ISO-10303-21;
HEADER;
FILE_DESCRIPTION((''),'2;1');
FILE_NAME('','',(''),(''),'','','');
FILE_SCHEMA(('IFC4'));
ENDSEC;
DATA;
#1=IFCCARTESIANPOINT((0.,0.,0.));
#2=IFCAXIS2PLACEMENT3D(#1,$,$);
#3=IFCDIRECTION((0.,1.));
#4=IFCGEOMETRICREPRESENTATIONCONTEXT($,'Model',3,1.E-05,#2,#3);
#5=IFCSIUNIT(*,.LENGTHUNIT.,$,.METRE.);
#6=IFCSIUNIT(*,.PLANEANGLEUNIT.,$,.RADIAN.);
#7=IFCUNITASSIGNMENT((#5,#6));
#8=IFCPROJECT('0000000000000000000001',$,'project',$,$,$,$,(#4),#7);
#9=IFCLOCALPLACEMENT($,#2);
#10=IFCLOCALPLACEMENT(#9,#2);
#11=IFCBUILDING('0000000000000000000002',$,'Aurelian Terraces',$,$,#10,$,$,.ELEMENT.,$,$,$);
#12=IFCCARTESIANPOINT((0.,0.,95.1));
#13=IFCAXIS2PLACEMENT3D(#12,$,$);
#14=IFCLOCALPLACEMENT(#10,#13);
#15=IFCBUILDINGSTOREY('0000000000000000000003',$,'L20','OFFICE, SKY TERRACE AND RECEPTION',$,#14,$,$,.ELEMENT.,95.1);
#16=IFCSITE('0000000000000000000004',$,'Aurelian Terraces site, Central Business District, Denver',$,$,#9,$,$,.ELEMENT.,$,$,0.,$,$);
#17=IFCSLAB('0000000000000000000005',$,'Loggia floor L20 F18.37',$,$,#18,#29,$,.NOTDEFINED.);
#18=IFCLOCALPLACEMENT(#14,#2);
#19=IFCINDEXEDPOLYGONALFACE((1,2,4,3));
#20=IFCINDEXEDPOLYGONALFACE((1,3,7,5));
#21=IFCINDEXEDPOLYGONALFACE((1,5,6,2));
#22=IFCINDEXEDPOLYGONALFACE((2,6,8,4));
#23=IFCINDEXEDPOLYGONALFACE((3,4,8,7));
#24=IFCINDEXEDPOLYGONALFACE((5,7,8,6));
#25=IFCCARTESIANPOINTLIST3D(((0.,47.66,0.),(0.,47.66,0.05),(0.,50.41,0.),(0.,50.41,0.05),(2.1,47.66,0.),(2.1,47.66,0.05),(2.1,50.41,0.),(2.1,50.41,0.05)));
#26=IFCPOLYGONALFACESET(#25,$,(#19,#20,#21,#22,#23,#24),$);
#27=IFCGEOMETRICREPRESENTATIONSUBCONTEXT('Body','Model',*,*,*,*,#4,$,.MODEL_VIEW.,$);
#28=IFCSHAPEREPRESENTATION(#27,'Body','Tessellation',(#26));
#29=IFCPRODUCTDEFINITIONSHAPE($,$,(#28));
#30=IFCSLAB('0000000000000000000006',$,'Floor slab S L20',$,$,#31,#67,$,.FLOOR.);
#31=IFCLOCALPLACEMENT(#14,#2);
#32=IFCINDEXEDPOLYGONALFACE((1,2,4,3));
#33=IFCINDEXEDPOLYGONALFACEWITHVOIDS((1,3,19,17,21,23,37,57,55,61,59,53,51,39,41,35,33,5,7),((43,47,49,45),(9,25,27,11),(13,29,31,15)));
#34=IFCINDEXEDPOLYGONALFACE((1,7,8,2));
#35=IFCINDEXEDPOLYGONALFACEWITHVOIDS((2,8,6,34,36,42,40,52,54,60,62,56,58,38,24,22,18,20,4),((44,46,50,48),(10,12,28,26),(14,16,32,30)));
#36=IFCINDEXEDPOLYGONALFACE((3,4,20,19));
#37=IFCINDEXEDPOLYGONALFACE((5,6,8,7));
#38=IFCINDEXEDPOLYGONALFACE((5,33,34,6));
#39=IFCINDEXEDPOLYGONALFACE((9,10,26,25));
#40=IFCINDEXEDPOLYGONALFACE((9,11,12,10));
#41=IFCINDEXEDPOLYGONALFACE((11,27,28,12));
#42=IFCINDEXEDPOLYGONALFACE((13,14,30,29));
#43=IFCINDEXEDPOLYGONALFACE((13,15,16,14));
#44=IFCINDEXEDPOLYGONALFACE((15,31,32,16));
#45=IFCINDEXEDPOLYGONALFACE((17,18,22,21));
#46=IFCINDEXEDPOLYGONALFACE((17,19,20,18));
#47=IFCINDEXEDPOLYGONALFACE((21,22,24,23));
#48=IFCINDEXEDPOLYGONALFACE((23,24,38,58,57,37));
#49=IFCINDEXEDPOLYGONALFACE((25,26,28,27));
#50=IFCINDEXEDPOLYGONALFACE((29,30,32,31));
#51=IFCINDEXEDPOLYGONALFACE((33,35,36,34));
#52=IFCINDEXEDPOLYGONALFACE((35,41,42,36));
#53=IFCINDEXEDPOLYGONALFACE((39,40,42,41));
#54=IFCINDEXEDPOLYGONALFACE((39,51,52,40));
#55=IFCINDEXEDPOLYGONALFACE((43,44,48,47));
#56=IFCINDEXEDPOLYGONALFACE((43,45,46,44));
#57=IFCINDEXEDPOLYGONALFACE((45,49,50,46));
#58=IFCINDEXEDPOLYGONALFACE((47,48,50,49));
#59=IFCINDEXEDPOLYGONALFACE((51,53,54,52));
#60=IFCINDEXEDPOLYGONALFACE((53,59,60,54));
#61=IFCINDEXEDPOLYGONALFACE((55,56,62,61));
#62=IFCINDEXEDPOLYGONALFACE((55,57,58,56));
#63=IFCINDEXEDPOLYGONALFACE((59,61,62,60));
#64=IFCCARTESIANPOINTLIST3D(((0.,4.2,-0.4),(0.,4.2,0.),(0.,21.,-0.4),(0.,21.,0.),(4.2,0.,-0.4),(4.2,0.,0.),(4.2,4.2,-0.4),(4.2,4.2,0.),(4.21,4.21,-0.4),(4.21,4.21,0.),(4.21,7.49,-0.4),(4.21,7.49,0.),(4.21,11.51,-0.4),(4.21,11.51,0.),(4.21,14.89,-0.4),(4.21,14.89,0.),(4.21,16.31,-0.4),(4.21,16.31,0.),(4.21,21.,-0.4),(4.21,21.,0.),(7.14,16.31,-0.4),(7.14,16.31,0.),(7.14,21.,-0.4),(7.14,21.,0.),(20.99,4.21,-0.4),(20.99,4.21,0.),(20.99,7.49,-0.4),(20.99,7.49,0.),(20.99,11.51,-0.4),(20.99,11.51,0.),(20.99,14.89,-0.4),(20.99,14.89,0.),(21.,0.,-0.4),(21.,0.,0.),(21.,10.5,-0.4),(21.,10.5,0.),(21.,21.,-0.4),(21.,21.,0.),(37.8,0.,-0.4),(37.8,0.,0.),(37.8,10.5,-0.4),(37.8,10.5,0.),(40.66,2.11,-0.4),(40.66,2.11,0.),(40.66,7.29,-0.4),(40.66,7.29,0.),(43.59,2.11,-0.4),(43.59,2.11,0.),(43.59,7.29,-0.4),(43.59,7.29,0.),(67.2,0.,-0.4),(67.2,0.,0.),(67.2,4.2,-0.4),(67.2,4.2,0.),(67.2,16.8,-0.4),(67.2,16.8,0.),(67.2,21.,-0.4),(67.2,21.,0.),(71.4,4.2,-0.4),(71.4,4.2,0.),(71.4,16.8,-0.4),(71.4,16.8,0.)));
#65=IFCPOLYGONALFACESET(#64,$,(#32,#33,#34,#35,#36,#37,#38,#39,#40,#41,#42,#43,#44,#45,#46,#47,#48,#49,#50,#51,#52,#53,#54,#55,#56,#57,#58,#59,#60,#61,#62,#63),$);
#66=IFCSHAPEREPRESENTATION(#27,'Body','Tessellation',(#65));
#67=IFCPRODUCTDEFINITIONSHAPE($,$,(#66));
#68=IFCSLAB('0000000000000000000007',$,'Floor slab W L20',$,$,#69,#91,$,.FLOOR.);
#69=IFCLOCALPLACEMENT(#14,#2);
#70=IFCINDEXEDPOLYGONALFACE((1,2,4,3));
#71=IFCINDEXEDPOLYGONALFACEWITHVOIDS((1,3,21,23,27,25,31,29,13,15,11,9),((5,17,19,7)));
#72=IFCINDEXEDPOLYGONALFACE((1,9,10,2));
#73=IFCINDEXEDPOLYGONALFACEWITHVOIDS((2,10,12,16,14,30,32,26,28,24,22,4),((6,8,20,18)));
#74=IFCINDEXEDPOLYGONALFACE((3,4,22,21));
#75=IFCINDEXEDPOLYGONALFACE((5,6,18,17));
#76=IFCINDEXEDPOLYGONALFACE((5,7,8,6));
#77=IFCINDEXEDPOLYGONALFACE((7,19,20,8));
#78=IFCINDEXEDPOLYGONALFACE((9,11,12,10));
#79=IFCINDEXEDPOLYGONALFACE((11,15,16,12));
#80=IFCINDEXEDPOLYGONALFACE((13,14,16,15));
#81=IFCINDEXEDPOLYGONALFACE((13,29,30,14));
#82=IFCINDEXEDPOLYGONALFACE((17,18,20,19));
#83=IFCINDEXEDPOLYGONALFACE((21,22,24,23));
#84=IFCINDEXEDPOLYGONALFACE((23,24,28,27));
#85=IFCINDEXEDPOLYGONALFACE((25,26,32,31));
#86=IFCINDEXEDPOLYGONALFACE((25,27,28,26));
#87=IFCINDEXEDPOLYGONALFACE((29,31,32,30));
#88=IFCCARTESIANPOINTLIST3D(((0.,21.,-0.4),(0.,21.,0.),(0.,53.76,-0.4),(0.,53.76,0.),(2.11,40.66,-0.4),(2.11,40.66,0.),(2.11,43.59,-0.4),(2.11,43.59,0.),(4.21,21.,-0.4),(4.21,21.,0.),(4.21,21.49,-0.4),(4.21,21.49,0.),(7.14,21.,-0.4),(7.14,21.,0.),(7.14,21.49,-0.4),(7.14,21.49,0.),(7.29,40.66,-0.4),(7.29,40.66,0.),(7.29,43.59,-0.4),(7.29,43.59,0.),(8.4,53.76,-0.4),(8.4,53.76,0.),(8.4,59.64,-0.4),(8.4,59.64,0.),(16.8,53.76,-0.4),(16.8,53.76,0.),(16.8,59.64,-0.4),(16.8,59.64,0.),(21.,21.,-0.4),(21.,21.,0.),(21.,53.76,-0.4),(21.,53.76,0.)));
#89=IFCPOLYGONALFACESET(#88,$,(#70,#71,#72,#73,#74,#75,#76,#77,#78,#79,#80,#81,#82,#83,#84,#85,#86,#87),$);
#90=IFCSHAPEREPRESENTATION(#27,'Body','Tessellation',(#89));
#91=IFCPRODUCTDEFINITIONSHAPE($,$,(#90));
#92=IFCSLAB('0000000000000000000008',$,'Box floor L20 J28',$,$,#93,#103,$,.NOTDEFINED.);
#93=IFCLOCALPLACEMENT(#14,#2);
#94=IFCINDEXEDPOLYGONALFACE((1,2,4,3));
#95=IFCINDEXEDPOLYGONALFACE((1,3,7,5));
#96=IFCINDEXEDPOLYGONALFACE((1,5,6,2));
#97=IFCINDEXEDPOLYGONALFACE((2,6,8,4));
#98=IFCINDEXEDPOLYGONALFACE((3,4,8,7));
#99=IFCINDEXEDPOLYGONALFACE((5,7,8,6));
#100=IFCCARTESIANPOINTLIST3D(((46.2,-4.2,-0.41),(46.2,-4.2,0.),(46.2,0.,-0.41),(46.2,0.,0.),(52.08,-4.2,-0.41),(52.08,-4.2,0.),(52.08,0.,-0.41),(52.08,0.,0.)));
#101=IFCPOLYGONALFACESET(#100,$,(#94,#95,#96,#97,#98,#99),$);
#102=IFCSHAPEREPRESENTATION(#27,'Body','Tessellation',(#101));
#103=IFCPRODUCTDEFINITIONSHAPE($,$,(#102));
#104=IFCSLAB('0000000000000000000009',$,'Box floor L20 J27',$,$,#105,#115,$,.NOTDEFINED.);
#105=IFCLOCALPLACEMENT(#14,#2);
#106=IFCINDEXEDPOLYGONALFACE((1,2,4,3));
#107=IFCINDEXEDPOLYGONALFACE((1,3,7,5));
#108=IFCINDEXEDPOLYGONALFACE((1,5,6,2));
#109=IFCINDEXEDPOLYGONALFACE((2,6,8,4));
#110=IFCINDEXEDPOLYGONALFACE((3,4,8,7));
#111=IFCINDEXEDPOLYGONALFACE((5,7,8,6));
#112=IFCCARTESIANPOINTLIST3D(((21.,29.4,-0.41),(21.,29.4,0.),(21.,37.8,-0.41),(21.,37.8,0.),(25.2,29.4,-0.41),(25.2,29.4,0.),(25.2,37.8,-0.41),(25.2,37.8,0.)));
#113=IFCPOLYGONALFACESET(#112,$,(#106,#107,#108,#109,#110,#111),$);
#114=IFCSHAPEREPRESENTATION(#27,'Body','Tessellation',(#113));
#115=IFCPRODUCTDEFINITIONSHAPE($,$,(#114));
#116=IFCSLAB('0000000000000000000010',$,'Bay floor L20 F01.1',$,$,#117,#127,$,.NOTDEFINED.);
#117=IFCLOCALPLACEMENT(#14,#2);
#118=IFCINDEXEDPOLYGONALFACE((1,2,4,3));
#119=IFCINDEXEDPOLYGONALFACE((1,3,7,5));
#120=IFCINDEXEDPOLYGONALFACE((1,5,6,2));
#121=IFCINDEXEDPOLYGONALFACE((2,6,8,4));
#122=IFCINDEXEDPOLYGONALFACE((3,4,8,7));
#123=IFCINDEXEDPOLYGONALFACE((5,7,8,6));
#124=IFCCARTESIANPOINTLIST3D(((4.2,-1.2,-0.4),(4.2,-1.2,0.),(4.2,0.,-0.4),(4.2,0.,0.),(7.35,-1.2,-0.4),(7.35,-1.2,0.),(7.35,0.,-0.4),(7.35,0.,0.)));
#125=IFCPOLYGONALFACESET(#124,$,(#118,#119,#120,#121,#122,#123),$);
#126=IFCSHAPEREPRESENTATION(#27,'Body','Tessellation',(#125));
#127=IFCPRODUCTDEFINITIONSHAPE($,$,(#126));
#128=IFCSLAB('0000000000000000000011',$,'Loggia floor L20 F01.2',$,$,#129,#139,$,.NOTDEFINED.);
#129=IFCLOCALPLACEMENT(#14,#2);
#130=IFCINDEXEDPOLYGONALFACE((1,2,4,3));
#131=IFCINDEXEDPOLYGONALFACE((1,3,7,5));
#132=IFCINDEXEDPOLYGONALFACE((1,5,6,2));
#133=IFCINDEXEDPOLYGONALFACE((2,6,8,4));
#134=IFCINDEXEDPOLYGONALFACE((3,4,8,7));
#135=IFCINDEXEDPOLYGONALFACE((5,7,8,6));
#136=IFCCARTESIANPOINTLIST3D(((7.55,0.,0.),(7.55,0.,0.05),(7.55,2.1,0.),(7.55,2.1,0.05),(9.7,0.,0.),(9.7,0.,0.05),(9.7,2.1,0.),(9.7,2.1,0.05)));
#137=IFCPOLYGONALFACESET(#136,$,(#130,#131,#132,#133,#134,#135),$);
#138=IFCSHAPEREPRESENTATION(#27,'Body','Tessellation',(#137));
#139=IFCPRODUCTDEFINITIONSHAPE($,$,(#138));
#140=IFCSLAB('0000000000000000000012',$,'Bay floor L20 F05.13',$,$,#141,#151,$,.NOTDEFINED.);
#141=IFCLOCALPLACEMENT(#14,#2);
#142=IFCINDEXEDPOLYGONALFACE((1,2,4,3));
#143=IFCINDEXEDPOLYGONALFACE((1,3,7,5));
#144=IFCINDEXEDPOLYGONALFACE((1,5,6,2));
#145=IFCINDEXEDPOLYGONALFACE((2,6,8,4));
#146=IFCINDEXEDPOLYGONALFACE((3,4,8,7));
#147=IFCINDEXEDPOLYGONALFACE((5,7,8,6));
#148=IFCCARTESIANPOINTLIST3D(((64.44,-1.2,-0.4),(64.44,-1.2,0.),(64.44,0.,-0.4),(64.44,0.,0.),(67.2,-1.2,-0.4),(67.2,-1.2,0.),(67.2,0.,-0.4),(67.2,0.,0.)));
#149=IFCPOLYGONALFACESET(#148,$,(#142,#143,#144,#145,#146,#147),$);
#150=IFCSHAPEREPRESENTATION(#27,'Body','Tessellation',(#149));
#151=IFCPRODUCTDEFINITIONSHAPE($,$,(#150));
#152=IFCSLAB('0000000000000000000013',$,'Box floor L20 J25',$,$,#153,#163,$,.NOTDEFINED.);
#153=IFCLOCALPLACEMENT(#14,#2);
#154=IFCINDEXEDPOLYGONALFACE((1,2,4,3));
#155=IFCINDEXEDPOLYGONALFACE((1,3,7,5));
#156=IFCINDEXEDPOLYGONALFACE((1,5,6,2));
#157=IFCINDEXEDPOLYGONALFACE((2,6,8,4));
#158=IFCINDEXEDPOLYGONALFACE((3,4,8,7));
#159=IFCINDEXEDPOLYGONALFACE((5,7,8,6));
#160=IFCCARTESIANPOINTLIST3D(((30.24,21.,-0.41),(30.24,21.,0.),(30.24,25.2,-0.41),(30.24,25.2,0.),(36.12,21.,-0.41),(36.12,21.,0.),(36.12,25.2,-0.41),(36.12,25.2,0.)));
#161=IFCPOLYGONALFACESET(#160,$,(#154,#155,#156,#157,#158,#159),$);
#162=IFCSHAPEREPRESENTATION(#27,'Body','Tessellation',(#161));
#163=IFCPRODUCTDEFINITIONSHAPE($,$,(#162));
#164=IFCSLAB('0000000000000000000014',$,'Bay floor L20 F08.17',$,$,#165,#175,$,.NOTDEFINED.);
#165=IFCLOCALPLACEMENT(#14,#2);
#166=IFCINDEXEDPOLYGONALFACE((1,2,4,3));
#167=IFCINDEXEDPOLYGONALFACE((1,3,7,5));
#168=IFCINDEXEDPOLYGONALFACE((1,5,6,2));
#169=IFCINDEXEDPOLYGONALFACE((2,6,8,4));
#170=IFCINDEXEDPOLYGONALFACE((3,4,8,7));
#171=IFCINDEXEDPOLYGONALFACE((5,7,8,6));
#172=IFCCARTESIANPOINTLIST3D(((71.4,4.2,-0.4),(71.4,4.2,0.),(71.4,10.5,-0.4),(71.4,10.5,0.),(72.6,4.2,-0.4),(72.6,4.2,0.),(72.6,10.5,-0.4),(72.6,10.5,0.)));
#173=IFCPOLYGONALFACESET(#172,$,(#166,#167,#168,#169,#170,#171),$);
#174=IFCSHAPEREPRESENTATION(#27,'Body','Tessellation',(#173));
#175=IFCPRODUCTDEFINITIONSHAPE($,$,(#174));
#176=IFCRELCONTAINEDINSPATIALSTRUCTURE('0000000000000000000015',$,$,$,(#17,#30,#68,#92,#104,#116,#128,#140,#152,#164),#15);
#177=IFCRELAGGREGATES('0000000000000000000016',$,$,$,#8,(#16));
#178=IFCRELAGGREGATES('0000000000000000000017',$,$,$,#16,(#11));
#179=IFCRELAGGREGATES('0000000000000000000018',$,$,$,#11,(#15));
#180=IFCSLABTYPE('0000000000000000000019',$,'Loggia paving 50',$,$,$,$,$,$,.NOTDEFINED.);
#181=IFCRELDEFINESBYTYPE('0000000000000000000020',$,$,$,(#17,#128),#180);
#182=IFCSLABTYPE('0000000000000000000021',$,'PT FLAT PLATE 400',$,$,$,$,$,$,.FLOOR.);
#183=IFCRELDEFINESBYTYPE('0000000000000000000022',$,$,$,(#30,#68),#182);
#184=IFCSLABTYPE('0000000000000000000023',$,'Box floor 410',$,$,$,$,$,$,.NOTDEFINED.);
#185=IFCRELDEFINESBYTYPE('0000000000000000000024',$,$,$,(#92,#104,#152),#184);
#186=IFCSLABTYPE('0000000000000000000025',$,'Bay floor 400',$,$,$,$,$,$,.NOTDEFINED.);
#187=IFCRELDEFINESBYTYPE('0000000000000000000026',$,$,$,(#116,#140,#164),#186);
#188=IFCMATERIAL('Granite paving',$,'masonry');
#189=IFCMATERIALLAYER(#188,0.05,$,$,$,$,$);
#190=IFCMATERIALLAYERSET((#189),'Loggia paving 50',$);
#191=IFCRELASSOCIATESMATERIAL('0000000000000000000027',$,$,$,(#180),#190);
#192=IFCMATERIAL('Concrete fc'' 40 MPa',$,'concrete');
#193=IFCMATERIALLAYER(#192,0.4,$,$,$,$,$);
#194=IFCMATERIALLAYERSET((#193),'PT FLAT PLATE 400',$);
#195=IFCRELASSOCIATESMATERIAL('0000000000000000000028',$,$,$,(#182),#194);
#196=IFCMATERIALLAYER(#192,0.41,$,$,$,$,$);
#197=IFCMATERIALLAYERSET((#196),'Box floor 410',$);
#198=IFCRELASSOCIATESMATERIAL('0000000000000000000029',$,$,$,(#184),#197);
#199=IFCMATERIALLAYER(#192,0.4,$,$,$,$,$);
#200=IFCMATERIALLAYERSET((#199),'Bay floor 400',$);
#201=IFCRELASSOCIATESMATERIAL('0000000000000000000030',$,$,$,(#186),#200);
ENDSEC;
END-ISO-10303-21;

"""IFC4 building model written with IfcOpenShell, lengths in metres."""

from ifc_helpers import new_model, si_unit, direction, frame, origin, place, context, subcontext, project, spatial, polyline, outline, extrude, source, transform, mapped, material, layer, layer_set, type_object, element, save


model = new_model("IFC4")

# Units and contexts
model_context = context("Model", 3, precision=1e-05, world=origin(), true_north=direction((0.0, 1.0)))
body_context = subcontext(model_context, "Body", "Model", "MODEL_VIEW")
ifc_project = project(units=[si_unit("LENGTHUNIT", "METRE"), si_unit("PLANEANGLEUNIT", "RADIAN")], contexts=[model_context])

# Site, building, storey
site_placement = place(None, origin())
site = spatial("IfcSite", under=ifc_project, at=site_placement, Name="Aurelian Terraces site, Central Business District, Denver", CompositionType="ELEMENT", RefElevation=0.0)
building_placement = place(site_placement, origin())
building = spatial("IfcBuilding", under=site, at=building_placement, Name="Aurelian Terraces", CompositionType="ELEMENT")
storey_placement = place(building_placement, frame((0.0, 0.0, 95.1)))
storey = spatial("IfcBuildingStorey", under=building, at=storey_placement, Name="L20", Description="OFFICE, SKY TERRACE AND RECEPTION", CompositionType="ELEMENT", Elevation=95.1)

# Slabs
ifc_material_1 = material(Name="Granite paving", Category="masonry")
ifc_layer_1 = layer(ifc_material_1, 0.05)
ifc_layer_set_1 = layer_set([ifc_layer_1], Name="Loggia paving 50")
slab_type_1 = type_object("IfcSlabType", Name="Loggia paving 50", PredefinedType="NOTDEFINED", material=ifc_layer_set_1)
slab_1_placement = place(storey_placement, origin())
element("IfcSlab", 1, at=slab_1_placement, inside=storey, type_object=slab_type_1, Name="Loggia floor L20 F18.37", PredefinedType="NOTDEFINED", context=body_context, shape_type="SweptSolid", body=[
    extrude(outline(polyline([(0.0, 50.41), (0.0, 47.66), (2.1, 47.66), (2.1, 50.41), (0.0, 50.41)])), origin(), (0.0, 0.0, 1.0), 0.05),
])
ifc_material_2 = material(Name="Concrete fc' 40 MPa", Category="concrete")
ifc_layer_2 = layer(ifc_material_2, 0.4)
ifc_layer_set_2 = layer_set([ifc_layer_2], Name="PT FLAT PLATE 400")
slab_type_2 = type_object("IfcSlabType", Name="PT FLAT PLATE 400", PredefinedType="FLOOR", material=ifc_layer_set_2)
slab_2_placement = place(storey_placement, frame((0.0, 0.0, -0.4)))
element("IfcSlab", 2, at=slab_2_placement, inside=storey, type_object=slab_type_2, Name="Floor slab S L20", PredefinedType="FLOOR", context=body_context, shape_type="SweptSolid", body=[
    extrude(outline(polyline([(71.4, 4.2), (67.2, 4.2), (67.2, 0.0), (37.8, 0.0), (37.8, 10.5), (21.0, 10.5), (21.0, 0.0), (4.2, 0.0), (4.2, 4.2), (0.0, 4.2), (0.0, 21.0), (4.21, 21.0), (4.21, 16.31), (7.14, 16.31), (7.14, 21.0), (21.0, 21.0), (67.2, 21.0), (67.2, 16.8), (71.4, 16.8), (71.4, 4.2)]), holes=[polyline([(40.66, 2.11), (43.59, 2.11), (43.59, 7.29), (40.66, 7.29), (40.66, 2.11)]), polyline([(4.21, 7.49), (4.21, 4.21), (20.99, 4.21), (20.99, 7.49), (4.21, 7.49)]), polyline([(4.21, 14.89), (4.21, 11.51), (20.99, 11.51), (20.99, 14.89), (4.21, 14.89)])]), origin(), (0.0, 0.0, 1.0), 0.4),
])
shared_shape_1 = source(origin(), body_context, "Body", "SweptSolid", [
    extrude(outline(polyline([(0.0, 53.76), (8.4, 53.76), (8.4, 59.64), (16.8, 59.64), (16.8, 53.76), (21.0, 53.76), (21.0, 21.0), (7.14, 21.0), (7.14, 21.49), (4.21, 21.49), (4.21, 21.0), (0.0, 21.0), (0.0, 53.76)]), holes=[polyline([(7.29, 43.59), (2.11, 43.59), (2.11, 40.66), (7.29, 40.66), (7.29, 43.59)])]), origin(), (0.0, 0.0, 1.0), 0.4),
])
slab_3_placement = place(storey_placement, frame((0.0, 0.0, -0.4)))
element("IfcSlab", 3, at=slab_3_placement, inside=storey, type_object=slab_type_2, Name="Floor slab W L20", PredefinedType="FLOOR", context=body_context, shape_type="MappedRepresentation", body=[
    mapped(shared_shape_1, transform((0.0, 0.0, 0.0), scale=1.0)),
])
ifc_layer_3 = layer(ifc_material_2, 0.41)
ifc_layer_set_3 = layer_set([ifc_layer_3], Name="Box floor 410")
slab_type_3 = type_object("IfcSlabType", Name="Box floor 410", PredefinedType="NOTDEFINED", material=ifc_layer_set_3)
shared_shape_2 = source(origin(), body_context, "Body", "SweptSolid", [
    extrude(outline(polyline([(46.2, -4.2), (52.08, -4.2), (52.08, 0.0), (46.2, 0.0), (46.2, -4.2)])), origin(), (0.0, 0.0, 1.0), 0.41),
])
slab_4_placement = place(storey_placement, frame((0.0, 0.0, -0.41)))
element("IfcSlab", 4, at=slab_4_placement, inside=storey, type_object=slab_type_3, Name="Box floor L20 J28", PredefinedType="NOTDEFINED", context=body_context, shape_type="MappedRepresentation", body=[
    mapped(shared_shape_2, transform((0.0, 0.0, 0.0), scale=1.0)),
])
shared_shape_3 = source(origin(), body_context, "Body", "SweptSolid", [
    extrude(outline(polyline([(25.2, 29.4), (25.2, 37.8), (21.0, 37.8), (21.0, 29.4), (25.2, 29.4)])), origin(), (0.0, 0.0, 1.0), 0.41),
])
slab_5_placement = place(storey_placement, frame((0.0, 0.0, -0.41)))
element("IfcSlab", 5, at=slab_5_placement, inside=storey, type_object=slab_type_3, Name="Box floor L20 J27", PredefinedType="NOTDEFINED", context=body_context, shape_type="MappedRepresentation", body=[
    mapped(shared_shape_3, transform((0.0, 0.0, 0.0), scale=1.0)),
])
ifc_layer_4 = layer(ifc_material_2, 0.4)
ifc_layer_set_4 = layer_set([ifc_layer_4], Name="Bay floor 400")
slab_type_4 = type_object("IfcSlabType", Name="Bay floor 400", PredefinedType="NOTDEFINED", material=ifc_layer_set_4)
shared_shape_4 = source(origin(), body_context, "Body", "SweptSolid", [
    extrude(outline(polyline([(4.2, 0.0), (7.35, 0.0), (7.35, -1.2), (4.2, -1.2), (4.2, 0.0)])), origin(), (0.0, 0.0, 1.0), 0.4),
])
slab_6_placement = place(storey_placement, frame((0.0, 0.0, -0.4)))
element("IfcSlab", 6, at=slab_6_placement, inside=storey, type_object=slab_type_4, Name="Bay floor L20 F01.1", PredefinedType="NOTDEFINED", context=body_context, shape_type="MappedRepresentation", body=[
    mapped(shared_shape_4, transform((0.0, 0.0, 0.0), scale=1.0)),
])
shared_shape_5 = source(origin(), body_context, "Body", "SweptSolid", [
    extrude(outline(polyline([(7.55, 0.0), (9.7, 0.0), (9.7, 2.1), (7.55, 2.1), (7.55, 0.0)])), origin(), (0.0, 0.0, 1.0), 0.05),
])
slab_7_placement = place(storey_placement, origin())
element("IfcSlab", 7, at=slab_7_placement, inside=storey, type_object=slab_type_1, Name="Loggia floor L20 F01.2", PredefinedType="NOTDEFINED", context=body_context, shape_type="MappedRepresentation", body=[
    mapped(shared_shape_5, transform((0.0, 0.0, 0.0), scale=1.0)),
])
shared_shape_6 = source(origin(), body_context, "Body", "SweptSolid", [
    extrude(outline(polyline([(64.44, 0.0), (67.2, 0.0), (67.2, -1.2), (64.44, -1.2), (64.44, 0.0)])), origin(), (0.0, 0.0, 1.0), 0.4),
])
slab_8_placement = place(storey_placement, frame((0.0, 0.0, -0.4)))
element("IfcSlab", 8, at=slab_8_placement, inside=storey, type_object=slab_type_4, Name="Bay floor L20 F05.13", PredefinedType="NOTDEFINED", context=body_context, shape_type="MappedRepresentation", body=[
    mapped(shared_shape_6, transform((0.0, 0.0, 0.0), scale=1.0)),
])
shared_shape_7 = source(origin(), body_context, "Body", "SweptSolid", [
    extrude(outline(polyline([(36.12, 25.2), (30.24, 25.2), (30.24, 21.0), (36.12, 21.0), (36.12, 25.2)])), origin(), (0.0, 0.0, 1.0), 0.41),
])
slab_9_placement = place(storey_placement, frame((0.0, 0.0, -0.41)))
element("IfcSlab", 9, at=slab_9_placement, inside=storey, type_object=slab_type_3, Name="Box floor L20 J25", PredefinedType="NOTDEFINED", context=body_context, shape_type="MappedRepresentation", body=[
    mapped(shared_shape_7, transform((0.0, 0.0, 0.0), scale=1.0)),
])
shared_shape_8 = source(origin(), body_context, "Body", "SweptSolid", [
    extrude(outline(polyline([(71.4, 4.2), (71.4, 10.5), (72.6, 10.5), (72.6, 4.2), (71.4, 4.2)])), origin(), (0.0, 0.0, 1.0), 0.4),
])
slab_10_placement = place(storey_placement, frame((0.0, 0.0, -0.4)))
element("IfcSlab", 10, at=slab_10_placement, inside=storey, type_object=slab_type_4, Name="Bay floor L20 F08.17", PredefinedType="NOTDEFINED", context=body_context, shape_type="MappedRepresentation", body=[
    mapped(shared_shape_8, transform((0.0, 0.0, 0.0), scale=1.0)),
])

save(model, "model.ifc")
